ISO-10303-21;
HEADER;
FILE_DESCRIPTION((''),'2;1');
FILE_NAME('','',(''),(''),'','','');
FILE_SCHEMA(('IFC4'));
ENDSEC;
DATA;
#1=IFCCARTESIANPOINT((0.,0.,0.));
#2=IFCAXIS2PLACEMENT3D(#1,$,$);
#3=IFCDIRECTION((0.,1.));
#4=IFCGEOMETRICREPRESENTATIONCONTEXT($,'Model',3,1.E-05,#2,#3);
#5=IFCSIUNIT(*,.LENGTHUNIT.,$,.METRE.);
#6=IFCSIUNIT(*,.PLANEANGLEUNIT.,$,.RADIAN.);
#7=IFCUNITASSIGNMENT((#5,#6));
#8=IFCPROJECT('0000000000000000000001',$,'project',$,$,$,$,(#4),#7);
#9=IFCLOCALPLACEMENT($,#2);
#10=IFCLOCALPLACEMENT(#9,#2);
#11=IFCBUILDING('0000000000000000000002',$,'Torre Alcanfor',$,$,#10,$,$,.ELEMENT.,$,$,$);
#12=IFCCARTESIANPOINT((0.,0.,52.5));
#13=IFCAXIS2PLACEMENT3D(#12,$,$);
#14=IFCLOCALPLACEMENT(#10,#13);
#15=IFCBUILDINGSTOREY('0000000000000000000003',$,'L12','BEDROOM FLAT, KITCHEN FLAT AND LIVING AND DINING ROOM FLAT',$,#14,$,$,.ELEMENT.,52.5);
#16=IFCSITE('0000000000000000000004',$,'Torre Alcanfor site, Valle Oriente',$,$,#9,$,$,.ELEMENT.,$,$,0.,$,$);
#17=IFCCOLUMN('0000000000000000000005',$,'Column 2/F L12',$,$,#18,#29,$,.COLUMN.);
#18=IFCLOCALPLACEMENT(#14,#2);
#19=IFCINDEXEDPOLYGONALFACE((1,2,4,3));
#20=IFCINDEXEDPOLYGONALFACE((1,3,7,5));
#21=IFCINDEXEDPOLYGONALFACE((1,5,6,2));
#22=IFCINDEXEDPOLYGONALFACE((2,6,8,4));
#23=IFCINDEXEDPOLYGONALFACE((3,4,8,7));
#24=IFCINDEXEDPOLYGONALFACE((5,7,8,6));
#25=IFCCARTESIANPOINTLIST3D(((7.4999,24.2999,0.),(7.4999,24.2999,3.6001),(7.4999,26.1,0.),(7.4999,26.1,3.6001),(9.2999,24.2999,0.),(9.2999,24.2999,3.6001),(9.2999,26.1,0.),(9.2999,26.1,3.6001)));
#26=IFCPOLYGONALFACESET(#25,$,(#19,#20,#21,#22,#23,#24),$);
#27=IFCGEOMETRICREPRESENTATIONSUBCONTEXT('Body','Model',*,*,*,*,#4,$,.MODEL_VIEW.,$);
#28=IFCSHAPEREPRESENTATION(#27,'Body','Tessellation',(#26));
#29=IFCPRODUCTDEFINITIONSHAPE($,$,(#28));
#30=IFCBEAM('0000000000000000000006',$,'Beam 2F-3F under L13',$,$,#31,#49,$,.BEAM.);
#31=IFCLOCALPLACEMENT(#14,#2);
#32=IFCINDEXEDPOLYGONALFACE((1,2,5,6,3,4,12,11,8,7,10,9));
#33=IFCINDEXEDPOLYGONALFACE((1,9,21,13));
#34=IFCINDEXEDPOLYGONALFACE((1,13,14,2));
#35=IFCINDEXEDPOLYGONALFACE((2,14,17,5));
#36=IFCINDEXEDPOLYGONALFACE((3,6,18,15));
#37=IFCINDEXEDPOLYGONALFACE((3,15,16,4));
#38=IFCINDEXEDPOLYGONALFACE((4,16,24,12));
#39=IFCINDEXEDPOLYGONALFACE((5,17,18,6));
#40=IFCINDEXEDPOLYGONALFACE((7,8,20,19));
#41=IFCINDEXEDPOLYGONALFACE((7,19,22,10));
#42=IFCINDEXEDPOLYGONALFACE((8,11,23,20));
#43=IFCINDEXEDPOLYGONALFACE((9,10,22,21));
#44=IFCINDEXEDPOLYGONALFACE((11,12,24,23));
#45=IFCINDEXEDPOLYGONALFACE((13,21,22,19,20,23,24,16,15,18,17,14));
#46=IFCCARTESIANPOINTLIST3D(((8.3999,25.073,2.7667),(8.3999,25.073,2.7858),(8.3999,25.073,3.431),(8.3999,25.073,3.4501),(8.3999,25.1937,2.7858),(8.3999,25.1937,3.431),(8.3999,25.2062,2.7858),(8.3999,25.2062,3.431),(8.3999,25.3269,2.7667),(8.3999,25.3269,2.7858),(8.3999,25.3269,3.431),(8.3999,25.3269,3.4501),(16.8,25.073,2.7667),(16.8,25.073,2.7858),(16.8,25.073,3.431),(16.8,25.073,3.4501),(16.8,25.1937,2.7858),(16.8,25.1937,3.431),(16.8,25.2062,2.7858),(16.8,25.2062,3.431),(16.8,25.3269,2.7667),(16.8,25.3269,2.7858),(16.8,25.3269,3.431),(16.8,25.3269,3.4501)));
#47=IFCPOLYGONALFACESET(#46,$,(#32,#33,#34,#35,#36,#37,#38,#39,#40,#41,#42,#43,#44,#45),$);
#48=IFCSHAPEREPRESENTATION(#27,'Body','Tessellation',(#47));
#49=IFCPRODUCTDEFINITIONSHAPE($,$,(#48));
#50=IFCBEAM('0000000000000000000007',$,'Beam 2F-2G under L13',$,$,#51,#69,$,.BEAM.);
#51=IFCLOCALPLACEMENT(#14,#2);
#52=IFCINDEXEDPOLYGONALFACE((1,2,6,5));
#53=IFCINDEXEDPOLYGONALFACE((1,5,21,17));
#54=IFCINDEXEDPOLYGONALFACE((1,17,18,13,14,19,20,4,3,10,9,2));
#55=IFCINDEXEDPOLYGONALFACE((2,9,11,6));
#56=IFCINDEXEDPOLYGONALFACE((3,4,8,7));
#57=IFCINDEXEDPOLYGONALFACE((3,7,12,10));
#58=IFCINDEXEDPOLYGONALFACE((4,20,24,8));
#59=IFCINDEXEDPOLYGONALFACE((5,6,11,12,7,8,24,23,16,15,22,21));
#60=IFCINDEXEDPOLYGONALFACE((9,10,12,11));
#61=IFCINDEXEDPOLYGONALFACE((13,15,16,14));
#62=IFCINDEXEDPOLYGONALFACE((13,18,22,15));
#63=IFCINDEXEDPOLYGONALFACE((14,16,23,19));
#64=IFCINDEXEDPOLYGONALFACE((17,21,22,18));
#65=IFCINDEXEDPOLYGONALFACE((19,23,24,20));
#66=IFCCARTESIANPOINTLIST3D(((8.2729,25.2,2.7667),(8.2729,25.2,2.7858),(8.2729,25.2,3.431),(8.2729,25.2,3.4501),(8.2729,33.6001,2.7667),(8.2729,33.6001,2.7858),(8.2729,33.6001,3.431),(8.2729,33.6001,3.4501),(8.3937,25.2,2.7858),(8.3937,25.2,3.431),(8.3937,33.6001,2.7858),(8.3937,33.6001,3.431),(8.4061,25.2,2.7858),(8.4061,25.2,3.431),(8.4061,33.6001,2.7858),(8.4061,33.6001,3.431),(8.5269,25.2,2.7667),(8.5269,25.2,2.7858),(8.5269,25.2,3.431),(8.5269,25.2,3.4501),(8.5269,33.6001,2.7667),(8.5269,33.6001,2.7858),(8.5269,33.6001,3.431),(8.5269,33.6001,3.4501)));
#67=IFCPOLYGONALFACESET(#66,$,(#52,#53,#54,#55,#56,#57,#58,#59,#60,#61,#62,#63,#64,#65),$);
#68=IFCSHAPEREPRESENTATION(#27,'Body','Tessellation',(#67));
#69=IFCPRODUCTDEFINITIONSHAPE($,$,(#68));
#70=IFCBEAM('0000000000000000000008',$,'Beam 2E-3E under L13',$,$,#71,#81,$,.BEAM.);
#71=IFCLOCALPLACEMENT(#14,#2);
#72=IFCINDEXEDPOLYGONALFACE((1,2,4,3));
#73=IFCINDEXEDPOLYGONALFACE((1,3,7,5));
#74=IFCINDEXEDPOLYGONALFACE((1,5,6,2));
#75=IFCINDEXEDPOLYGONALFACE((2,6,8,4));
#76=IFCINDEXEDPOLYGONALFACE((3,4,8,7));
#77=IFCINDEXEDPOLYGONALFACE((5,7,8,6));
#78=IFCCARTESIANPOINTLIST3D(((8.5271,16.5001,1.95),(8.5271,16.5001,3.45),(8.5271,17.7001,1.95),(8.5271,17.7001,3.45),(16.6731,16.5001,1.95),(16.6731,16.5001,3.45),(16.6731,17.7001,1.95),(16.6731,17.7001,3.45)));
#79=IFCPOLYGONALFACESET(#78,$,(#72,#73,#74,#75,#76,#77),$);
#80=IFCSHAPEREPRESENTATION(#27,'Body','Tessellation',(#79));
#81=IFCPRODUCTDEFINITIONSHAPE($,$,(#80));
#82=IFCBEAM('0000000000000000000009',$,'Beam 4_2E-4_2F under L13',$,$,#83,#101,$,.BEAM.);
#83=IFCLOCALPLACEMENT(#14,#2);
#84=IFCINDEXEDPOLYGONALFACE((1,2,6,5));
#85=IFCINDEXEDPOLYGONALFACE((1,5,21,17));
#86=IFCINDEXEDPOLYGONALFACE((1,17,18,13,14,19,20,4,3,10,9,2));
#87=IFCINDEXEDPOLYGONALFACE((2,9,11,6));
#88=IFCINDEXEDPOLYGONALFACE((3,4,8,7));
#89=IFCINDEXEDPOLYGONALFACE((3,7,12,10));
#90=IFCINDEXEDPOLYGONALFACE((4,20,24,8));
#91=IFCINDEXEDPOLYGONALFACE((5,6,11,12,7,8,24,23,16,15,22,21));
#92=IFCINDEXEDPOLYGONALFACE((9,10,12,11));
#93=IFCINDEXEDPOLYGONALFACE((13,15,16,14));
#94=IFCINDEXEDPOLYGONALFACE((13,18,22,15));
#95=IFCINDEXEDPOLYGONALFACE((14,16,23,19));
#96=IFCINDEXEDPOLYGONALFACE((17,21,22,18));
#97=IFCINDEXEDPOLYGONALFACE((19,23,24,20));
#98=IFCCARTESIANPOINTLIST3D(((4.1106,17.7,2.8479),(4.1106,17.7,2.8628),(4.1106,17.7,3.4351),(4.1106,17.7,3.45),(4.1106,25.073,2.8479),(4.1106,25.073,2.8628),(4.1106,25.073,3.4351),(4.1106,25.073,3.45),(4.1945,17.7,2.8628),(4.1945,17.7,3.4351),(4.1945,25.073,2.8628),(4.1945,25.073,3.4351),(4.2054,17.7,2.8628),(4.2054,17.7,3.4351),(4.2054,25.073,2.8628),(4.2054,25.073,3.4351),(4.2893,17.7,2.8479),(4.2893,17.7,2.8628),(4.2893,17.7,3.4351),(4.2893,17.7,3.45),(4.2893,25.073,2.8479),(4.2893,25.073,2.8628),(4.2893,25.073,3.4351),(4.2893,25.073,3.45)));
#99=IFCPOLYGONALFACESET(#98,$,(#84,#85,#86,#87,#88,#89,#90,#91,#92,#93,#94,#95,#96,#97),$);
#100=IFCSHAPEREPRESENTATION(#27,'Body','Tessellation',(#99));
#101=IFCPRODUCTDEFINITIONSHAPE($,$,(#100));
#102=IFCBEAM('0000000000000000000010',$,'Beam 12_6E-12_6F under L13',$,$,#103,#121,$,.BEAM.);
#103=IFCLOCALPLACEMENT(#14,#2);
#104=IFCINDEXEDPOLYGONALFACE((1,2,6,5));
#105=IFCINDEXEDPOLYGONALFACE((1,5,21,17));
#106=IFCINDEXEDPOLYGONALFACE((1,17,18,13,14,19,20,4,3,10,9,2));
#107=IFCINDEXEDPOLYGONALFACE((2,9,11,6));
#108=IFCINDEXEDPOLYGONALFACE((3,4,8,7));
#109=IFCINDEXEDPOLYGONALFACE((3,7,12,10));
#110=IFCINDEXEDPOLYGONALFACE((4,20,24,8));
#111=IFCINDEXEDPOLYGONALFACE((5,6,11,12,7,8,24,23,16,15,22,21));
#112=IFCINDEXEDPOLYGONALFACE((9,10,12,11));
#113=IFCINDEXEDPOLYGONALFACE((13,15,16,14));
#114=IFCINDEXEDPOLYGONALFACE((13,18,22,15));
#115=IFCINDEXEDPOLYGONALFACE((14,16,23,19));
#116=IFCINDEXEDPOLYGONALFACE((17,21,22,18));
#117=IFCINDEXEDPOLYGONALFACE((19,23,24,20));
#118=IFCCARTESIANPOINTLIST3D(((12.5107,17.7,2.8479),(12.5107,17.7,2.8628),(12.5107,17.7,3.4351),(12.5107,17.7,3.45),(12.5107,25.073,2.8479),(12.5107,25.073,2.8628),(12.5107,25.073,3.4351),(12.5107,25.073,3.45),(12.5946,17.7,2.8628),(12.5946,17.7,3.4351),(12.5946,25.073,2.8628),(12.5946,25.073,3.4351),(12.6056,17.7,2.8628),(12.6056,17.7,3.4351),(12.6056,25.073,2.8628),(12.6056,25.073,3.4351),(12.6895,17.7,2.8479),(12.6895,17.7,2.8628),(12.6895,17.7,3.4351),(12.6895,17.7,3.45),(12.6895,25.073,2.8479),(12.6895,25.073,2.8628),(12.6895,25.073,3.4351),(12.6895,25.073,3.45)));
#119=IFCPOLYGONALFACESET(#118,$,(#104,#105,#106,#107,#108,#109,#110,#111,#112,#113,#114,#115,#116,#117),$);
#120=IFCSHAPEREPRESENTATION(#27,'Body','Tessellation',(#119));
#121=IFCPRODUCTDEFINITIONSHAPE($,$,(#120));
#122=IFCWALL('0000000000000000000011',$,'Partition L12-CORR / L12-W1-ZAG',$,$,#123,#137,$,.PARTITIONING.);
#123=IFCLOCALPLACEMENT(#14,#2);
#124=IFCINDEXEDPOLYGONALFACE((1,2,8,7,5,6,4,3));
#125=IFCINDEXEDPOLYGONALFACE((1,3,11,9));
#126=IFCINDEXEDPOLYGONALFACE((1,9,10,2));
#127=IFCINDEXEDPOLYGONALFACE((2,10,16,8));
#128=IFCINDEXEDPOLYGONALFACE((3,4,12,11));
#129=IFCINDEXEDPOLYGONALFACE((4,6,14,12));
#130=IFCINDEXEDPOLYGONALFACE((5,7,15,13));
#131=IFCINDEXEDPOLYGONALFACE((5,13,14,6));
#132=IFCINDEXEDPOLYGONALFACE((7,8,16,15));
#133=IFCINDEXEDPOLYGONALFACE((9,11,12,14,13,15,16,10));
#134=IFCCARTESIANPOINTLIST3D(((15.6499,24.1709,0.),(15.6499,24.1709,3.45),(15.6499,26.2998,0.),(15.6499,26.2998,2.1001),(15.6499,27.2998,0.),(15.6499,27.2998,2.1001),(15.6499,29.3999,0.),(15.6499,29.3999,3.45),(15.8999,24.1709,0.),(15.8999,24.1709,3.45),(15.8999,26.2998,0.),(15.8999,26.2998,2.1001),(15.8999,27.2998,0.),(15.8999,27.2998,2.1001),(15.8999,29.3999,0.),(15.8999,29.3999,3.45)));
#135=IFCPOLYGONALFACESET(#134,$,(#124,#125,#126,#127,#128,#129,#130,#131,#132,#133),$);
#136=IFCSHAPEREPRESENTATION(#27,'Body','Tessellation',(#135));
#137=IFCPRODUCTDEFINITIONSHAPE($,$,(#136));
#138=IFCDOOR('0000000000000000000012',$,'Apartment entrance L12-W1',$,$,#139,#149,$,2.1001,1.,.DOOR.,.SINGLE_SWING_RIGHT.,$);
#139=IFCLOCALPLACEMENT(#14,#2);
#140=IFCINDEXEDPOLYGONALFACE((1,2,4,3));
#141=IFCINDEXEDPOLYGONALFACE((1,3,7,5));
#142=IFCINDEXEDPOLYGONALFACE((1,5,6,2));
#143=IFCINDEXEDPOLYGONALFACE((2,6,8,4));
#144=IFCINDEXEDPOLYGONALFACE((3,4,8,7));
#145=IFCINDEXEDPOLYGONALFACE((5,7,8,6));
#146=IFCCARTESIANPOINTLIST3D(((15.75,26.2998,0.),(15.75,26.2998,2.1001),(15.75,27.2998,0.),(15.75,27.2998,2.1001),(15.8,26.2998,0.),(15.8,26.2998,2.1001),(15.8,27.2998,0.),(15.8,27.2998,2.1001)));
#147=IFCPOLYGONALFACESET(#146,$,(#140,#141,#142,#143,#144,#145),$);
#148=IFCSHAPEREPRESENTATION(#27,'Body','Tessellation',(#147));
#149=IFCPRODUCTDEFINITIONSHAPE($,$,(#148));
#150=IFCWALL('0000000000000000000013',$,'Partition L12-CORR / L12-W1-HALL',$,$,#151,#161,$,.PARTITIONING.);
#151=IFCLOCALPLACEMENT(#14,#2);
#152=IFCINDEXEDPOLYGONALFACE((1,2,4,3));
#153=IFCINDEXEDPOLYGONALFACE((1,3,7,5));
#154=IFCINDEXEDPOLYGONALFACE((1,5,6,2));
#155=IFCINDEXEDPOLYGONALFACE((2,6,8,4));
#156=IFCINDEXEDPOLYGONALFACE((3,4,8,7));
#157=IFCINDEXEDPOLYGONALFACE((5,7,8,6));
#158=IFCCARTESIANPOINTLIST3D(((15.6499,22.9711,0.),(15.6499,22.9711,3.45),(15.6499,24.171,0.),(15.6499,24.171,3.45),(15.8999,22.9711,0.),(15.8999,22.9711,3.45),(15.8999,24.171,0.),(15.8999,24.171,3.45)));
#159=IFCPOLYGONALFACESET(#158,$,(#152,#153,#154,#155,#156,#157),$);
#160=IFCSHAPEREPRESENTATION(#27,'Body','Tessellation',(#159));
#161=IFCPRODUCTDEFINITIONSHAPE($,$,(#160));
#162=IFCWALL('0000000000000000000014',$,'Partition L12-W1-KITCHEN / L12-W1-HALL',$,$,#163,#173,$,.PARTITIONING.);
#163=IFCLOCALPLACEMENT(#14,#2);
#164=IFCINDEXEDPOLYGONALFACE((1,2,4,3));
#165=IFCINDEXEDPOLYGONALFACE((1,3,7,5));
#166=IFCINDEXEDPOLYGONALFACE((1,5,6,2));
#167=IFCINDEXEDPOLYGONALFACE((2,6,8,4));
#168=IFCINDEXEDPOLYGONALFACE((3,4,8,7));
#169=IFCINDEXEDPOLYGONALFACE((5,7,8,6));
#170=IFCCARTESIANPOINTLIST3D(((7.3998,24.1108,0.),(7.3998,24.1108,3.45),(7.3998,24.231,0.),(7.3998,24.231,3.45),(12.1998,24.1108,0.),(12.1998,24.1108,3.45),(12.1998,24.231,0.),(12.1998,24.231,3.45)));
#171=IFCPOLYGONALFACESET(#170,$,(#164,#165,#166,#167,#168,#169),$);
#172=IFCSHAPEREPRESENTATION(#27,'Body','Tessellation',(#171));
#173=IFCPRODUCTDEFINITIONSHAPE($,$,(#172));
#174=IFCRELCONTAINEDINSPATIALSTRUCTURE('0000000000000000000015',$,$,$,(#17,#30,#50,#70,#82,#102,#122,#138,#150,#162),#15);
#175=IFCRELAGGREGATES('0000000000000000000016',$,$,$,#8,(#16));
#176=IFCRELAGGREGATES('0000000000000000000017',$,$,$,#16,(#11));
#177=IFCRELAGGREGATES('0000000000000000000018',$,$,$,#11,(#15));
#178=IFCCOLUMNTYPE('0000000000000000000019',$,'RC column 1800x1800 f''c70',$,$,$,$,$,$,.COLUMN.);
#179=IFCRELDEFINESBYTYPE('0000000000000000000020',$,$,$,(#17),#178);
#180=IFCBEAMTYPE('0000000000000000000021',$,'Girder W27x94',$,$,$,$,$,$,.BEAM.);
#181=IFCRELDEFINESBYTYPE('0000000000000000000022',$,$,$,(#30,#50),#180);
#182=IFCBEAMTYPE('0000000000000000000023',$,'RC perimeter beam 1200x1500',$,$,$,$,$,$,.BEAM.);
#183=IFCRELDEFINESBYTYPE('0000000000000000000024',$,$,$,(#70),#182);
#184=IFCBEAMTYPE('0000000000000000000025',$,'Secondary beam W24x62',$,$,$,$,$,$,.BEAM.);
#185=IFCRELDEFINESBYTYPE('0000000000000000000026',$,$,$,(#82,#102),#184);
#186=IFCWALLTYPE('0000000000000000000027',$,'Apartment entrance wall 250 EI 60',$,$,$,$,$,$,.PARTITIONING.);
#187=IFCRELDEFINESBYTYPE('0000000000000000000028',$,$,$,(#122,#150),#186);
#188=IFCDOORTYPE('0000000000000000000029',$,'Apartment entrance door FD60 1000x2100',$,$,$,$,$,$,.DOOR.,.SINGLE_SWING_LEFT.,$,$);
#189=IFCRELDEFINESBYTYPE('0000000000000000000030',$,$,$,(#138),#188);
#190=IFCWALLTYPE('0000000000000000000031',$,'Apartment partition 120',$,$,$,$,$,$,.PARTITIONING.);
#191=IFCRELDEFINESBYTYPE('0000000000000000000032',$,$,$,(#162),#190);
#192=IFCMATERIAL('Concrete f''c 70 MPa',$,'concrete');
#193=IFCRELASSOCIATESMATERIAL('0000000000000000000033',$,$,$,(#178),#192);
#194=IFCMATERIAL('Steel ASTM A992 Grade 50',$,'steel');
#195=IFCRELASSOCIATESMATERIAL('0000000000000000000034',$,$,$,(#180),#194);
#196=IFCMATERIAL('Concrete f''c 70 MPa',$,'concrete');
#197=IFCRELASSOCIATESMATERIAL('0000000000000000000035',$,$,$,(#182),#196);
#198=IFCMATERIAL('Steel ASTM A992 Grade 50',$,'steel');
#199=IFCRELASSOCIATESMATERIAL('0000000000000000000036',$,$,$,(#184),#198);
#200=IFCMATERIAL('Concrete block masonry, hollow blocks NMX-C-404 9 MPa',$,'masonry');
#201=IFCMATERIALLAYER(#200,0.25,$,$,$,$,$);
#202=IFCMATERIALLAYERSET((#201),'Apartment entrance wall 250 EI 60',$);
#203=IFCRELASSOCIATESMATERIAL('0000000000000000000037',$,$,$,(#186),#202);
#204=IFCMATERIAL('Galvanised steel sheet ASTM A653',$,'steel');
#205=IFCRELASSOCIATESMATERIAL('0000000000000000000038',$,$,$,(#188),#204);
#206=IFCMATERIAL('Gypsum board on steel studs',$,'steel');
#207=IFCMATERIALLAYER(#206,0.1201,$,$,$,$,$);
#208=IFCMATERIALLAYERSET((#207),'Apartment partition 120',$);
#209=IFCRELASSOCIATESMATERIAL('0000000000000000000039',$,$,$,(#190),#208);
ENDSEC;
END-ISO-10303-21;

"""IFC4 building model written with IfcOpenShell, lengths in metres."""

from ifc_helpers import new_model, si_unit, direction, frame, frame_2d, origin, origin_2d, place, context, subcontext, project, spatial, rectangle, i_section, extrude, material, layer, layer_set, material_profile, profile_set, type_object, element, fill, save


model = new_model("IFC4")

# Units and contexts
model_context = context("Model", 3, precision=1e-05, world=origin(), true_north=direction((0.0, 1.0)))
body_context = subcontext(model_context, "Body", "Model", "MODEL_VIEW")
ifc_project = project(units=[si_unit("LENGTHUNIT", "METRE"), si_unit("PLANEANGLEUNIT", "RADIAN")], contexts=[model_context])

# Site, building, storey
site_placement = place(None, origin())
site = spatial("IfcSite", under=ifc_project, at=site_placement, Name="Torre Alcanfor site, Valle Oriente", CompositionType="ELEMENT", RefElevation=0.0)
building_placement = place(site_placement, origin())
building = spatial("IfcBuilding", under=site, at=building_placement, Name="Torre Alcanfor", CompositionType="ELEMENT")
storey_placement = place(building_placement, frame((0.0, 0.0, 52.5)))
storey = spatial("IfcBuildingStorey", under=building, at=storey_placement, Name="L12", Description="BEDROOM FLAT, KITCHEN FLAT AND LIVING AND DINING ROOM FLAT", CompositionType="ELEMENT", Elevation=52.5)

# Column
ifc_material_1 = material(Name="Concrete f'c 70 MPa", Category="concrete")
ifc_material_profile_1 = material_profile(ifc_material_1, rectangle(XDim=1.8, YDim=1.8, at=origin_2d()), Name="1800x1800")
ifc_profile_set_1 = profile_set([ifc_material_profile_1], Name="Concrete f'c 70 MPa")
column_type = type_object("IfcColumnType", Name="RC column 1800x1800 f'c70", PredefinedType="COLUMN", material=ifc_profile_set_1)
column_placement = place(storey_placement, frame((8.3999, 25.2, 0.0), z_axis=(0.0, 0.0, 1.0), x_axis=(1.0, 0.0, 0.0)))
element("IfcColumn", 1, at=column_placement, inside=storey, type_object=column_type, Name="Column 2/F L12", PredefinedType="COLUMN", context=body_context, shape_type="SweptSolid", body=[
    extrude(rectangle(XDim=1.8, YDim=1.8, at=origin_2d()), origin(), (0.0, 0.0, 1.0), 3.6001),
])

# Beams
ifc_material_2 = material(Name="Steel ASTM A992 Grade 50", Category="steel")
ifc_material_profile_2 = material_profile(ifc_material_2, i_section(OverallWidth=0.2539, OverallDepth=0.6833, WebThickness=0.0125, FlangeThickness=0.019, at=origin_2d()), Name="W27x94")
ifc_profile_set_2 = profile_set([ifc_material_profile_2], Name="Steel ASTM A992 Grade 50")
beam_type_1 = type_object("IfcBeamType", Name="Girder W27x94", PredefinedType="BEAM", material=ifc_profile_set_2)
for number, where, z_axis, x_axis, name in (
    (2, (8.3999, 25.2, 3.1084), (1.0, 0.0, 0.0), (0.0, 1.0, 0.0), "Beam 2F-3F under L13"),
    (3, (8.3999, 25.2, 3.1084), (0.0, 1.0, 0.0), (-1.0, 0.0, 0.0), "Beam 2F-2G under L13"),
):
    element("IfcBeam", number, at=place(storey_placement, frame(where, z_axis=z_axis, x_axis=x_axis)), inside=storey, type_object=beam_type_1, Name=name, PredefinedType="BEAM", context=body_context, shape_type="SweptSolid", body=[
        extrude(i_section(OverallWidth=0.2539, OverallDepth=0.6833, WebThickness=0.0125, FlangeThickness=0.019, at=origin_2d()), origin(), (0.0, 0.0, 1.0), 8.4001),
    ])
ifc_material_3 = material(Name="Concrete f'c 70 MPa", Category="concrete")
ifc_material_profile_3 = material_profile(ifc_material_3, rectangle(XDim=1.2, YDim=1.5, at=origin_2d()), Name="1200x1500")
ifc_profile_set_3 = profile_set([ifc_material_profile_3], Name="Concrete f'c 70 MPa")
beam_type_2 = type_object("IfcBeamType", Name="RC perimeter beam 1200x1500", PredefinedType="BEAM", material=ifc_profile_set_3)
beam_placement = place(storey_placement, frame((8.5271, 17.1001, 2.7), z_axis=(1.0, 0.0, 0.0), x_axis=(0.0, 1.0, 0.0)))
element("IfcBeam", 4, at=beam_placement, inside=storey, type_object=beam_type_2, Name="Beam 2E-3E under L13", PredefinedType="BEAM", context=body_context, shape_type="SweptSolid", body=[
    extrude(rectangle(XDim=1.2, YDim=1.5, at=origin_2d()), origin(), (0.0, 0.0, 1.0), 8.146),
])
ifc_material_4 = material(Name="Steel ASTM A992 Grade 50", Category="steel")
ifc_material_profile_4 = material_profile(ifc_material_4, i_section(OverallWidth=0.1787, OverallDepth=0.6021, WebThickness=0.011, FlangeThickness=0.0149, at=origin_2d()), Name="W24x62")
ifc_profile_set_4 = profile_set([ifc_material_profile_4], Name="Steel ASTM A992 Grade 50")
beam_type_3 = type_object("IfcBeamType", Name="Secondary beam W24x62", PredefinedType="BEAM", material=ifc_profile_set_4)
for number, where, z_axis, x_axis, name in (
    (5, (4.2, 17.7, 3.1489), (0.0, 1.0, 0.0), (-1.0, 0.0, 0.0), "Beam 4_2E-4_2F under L13"),
    (6, (12.6001, 17.7, 3.1489), (0.0, 1.0, 0.0), (-1.0, 0.0, 0.0), "Beam 12_6E-12_6F under L13"),
):
    element("IfcBeam", number, at=place(storey_placement, frame(where, z_axis=z_axis, x_axis=x_axis)), inside=storey, type_object=beam_type_3, Name=name, PredefinedType="BEAM", context=body_context, shape_type="SweptSolid", body=[
        extrude(i_section(OverallWidth=0.1787, OverallDepth=0.6021, WebThickness=0.011, FlangeThickness=0.0149, at=origin_2d()), origin(), (0.0, 0.0, 1.0), 7.373),
    ])

# Wall, opening, door
ifc_material_5 = material(Name="Concrete block masonry, hollow blocks NMX-C-404 9 MPa", Category="masonry")
ifc_layer_1 = layer(ifc_material_5, 0.25)
ifc_layer_set_1 = layer_set([ifc_layer_1], Name="Apartment entrance wall 250 EI 60")
wall_type_1 = type_object("IfcWallType", Name="Apartment entrance wall 250 EI 60", PredefinedType="PARTITIONING", material=ifc_layer_set_1)
wall_1_placement = place(storey_placement, frame((15.7749, 24.1709, 0.0), z_axis=(0.0, 0.0, 1.0), x_axis=(0.0, 1.0, 0.0)))
wall_1 = element("IfcWall", 7, at=wall_1_placement, inside=storey, type_object=wall_type_1, Name="Partition L12-CORR / L12-W1-ZAG", PredefinedType="PARTITIONING", context=body_context, shape_type="SweptSolid", body=[
    extrude(rectangle(XDim=5.229, YDim=0.25, at=frame_2d((2.6145, 0.0))), origin(), (0.0, 0.0, 1.0), 3.45),
])
opening_1_placement = place(wall_1_placement, frame((2.1289, 0.0, 0.0)))
opening_1 = element("IfcOpeningElement", 8, at=opening_1_placement, cuts=wall_1, PredefinedType="OPENING", context=body_context, shape_type="SweptSolid", body=[
    extrude(rectangle(XDim=1.0, YDim=2.1001, at=frame_2d((0.5, 1.05))), frame((0.0, 0.135, 0.0), z_axis=(0.0, -1.0, 0.0), x_axis=(1.0, 0.0, 0.0)), (0.0, 0.0, 1.0), 0.27),
])
ifc_material_6 = material(Name="Galvanised steel sheet ASTM A653", Category="steel")
door_type_1 = type_object("IfcDoorType", Name="Apartment entrance door FD60 1000x2100", OperationType="SINGLE_SWING_LEFT", PredefinedType="DOOR", material=ifc_material_6)
door_1_placement = place(opening_1_placement, origin())
door_1 = element("IfcDoor", 9, at=door_1_placement, inside=storey, type_object=door_type_1, Name="Apartment entrance L12-W1", OperationType="SINGLE_SWING_RIGHT", OverallHeight=2.1001, OverallWidth=1.0, PredefinedType="DOOR", context=body_context, shape_type="SweptSolid", body=[
    extrude(rectangle(XDim=1.0, YDim=2.1001, at=frame_2d((0.5, 1.05))), frame((0.0, 0.0249, 0.0), z_axis=(0.0, -1.0, 0.0), x_axis=(1.0, 0.0, 0.0)), (0.0, 0.0, 1.0), 0.05),
])
fill(opening_1, door_1)

# Walls
wall_2_placement = place(storey_placement, frame((15.7749, 22.9709, 0.0), z_axis=(0.0, 0.0, 1.0), x_axis=(0.0, 1.0, 0.0)))
element("IfcWall", 10, at=wall_2_placement, inside=storey, type_object=wall_type_1, Name="Partition L12-CORR / L12-W1-HALL", PredefinedType="PARTITIONING", context=body_context, shape_type="SweptSolid", body=[
    extrude(rectangle(XDim=1.2, YDim=0.25, at=frame_2d((0.6001, 0.0))), origin(), (0.0, 0.0, 1.0), 3.45),
])
ifc_material_7 = material(Name="Gypsum board on steel studs", Category="steel")
ifc_layer_2 = layer(ifc_material_7, 0.1201)
ifc_layer_set_2 = layer_set([ifc_layer_2], Name="Apartment partition 120")
wall_type_2 = type_object("IfcWallType", Name="Apartment partition 120", PredefinedType="PARTITIONING", material=ifc_layer_set_2)
wall_3_placement = place(storey_placement, frame((7.3999, 24.1709, 0.0), z_axis=(0.0, 0.0, 1.0), x_axis=(1.0, 0.0, 0.0)))
element("IfcWall", 11, at=wall_3_placement, inside=storey, type_object=wall_type_2, Name="Partition L12-W1-KITCHEN / L12-W1-HALL", PredefinedType="PARTITIONING", context=body_context, shape_type="SweptSolid", body=[
    extrude(rectangle(XDim=4.8, YDim=0.1201, at=frame_2d((2.3999, 0.0))), origin(), (0.0, 0.0, 1.0), 3.45),
])

save(model, "model.ifc")
